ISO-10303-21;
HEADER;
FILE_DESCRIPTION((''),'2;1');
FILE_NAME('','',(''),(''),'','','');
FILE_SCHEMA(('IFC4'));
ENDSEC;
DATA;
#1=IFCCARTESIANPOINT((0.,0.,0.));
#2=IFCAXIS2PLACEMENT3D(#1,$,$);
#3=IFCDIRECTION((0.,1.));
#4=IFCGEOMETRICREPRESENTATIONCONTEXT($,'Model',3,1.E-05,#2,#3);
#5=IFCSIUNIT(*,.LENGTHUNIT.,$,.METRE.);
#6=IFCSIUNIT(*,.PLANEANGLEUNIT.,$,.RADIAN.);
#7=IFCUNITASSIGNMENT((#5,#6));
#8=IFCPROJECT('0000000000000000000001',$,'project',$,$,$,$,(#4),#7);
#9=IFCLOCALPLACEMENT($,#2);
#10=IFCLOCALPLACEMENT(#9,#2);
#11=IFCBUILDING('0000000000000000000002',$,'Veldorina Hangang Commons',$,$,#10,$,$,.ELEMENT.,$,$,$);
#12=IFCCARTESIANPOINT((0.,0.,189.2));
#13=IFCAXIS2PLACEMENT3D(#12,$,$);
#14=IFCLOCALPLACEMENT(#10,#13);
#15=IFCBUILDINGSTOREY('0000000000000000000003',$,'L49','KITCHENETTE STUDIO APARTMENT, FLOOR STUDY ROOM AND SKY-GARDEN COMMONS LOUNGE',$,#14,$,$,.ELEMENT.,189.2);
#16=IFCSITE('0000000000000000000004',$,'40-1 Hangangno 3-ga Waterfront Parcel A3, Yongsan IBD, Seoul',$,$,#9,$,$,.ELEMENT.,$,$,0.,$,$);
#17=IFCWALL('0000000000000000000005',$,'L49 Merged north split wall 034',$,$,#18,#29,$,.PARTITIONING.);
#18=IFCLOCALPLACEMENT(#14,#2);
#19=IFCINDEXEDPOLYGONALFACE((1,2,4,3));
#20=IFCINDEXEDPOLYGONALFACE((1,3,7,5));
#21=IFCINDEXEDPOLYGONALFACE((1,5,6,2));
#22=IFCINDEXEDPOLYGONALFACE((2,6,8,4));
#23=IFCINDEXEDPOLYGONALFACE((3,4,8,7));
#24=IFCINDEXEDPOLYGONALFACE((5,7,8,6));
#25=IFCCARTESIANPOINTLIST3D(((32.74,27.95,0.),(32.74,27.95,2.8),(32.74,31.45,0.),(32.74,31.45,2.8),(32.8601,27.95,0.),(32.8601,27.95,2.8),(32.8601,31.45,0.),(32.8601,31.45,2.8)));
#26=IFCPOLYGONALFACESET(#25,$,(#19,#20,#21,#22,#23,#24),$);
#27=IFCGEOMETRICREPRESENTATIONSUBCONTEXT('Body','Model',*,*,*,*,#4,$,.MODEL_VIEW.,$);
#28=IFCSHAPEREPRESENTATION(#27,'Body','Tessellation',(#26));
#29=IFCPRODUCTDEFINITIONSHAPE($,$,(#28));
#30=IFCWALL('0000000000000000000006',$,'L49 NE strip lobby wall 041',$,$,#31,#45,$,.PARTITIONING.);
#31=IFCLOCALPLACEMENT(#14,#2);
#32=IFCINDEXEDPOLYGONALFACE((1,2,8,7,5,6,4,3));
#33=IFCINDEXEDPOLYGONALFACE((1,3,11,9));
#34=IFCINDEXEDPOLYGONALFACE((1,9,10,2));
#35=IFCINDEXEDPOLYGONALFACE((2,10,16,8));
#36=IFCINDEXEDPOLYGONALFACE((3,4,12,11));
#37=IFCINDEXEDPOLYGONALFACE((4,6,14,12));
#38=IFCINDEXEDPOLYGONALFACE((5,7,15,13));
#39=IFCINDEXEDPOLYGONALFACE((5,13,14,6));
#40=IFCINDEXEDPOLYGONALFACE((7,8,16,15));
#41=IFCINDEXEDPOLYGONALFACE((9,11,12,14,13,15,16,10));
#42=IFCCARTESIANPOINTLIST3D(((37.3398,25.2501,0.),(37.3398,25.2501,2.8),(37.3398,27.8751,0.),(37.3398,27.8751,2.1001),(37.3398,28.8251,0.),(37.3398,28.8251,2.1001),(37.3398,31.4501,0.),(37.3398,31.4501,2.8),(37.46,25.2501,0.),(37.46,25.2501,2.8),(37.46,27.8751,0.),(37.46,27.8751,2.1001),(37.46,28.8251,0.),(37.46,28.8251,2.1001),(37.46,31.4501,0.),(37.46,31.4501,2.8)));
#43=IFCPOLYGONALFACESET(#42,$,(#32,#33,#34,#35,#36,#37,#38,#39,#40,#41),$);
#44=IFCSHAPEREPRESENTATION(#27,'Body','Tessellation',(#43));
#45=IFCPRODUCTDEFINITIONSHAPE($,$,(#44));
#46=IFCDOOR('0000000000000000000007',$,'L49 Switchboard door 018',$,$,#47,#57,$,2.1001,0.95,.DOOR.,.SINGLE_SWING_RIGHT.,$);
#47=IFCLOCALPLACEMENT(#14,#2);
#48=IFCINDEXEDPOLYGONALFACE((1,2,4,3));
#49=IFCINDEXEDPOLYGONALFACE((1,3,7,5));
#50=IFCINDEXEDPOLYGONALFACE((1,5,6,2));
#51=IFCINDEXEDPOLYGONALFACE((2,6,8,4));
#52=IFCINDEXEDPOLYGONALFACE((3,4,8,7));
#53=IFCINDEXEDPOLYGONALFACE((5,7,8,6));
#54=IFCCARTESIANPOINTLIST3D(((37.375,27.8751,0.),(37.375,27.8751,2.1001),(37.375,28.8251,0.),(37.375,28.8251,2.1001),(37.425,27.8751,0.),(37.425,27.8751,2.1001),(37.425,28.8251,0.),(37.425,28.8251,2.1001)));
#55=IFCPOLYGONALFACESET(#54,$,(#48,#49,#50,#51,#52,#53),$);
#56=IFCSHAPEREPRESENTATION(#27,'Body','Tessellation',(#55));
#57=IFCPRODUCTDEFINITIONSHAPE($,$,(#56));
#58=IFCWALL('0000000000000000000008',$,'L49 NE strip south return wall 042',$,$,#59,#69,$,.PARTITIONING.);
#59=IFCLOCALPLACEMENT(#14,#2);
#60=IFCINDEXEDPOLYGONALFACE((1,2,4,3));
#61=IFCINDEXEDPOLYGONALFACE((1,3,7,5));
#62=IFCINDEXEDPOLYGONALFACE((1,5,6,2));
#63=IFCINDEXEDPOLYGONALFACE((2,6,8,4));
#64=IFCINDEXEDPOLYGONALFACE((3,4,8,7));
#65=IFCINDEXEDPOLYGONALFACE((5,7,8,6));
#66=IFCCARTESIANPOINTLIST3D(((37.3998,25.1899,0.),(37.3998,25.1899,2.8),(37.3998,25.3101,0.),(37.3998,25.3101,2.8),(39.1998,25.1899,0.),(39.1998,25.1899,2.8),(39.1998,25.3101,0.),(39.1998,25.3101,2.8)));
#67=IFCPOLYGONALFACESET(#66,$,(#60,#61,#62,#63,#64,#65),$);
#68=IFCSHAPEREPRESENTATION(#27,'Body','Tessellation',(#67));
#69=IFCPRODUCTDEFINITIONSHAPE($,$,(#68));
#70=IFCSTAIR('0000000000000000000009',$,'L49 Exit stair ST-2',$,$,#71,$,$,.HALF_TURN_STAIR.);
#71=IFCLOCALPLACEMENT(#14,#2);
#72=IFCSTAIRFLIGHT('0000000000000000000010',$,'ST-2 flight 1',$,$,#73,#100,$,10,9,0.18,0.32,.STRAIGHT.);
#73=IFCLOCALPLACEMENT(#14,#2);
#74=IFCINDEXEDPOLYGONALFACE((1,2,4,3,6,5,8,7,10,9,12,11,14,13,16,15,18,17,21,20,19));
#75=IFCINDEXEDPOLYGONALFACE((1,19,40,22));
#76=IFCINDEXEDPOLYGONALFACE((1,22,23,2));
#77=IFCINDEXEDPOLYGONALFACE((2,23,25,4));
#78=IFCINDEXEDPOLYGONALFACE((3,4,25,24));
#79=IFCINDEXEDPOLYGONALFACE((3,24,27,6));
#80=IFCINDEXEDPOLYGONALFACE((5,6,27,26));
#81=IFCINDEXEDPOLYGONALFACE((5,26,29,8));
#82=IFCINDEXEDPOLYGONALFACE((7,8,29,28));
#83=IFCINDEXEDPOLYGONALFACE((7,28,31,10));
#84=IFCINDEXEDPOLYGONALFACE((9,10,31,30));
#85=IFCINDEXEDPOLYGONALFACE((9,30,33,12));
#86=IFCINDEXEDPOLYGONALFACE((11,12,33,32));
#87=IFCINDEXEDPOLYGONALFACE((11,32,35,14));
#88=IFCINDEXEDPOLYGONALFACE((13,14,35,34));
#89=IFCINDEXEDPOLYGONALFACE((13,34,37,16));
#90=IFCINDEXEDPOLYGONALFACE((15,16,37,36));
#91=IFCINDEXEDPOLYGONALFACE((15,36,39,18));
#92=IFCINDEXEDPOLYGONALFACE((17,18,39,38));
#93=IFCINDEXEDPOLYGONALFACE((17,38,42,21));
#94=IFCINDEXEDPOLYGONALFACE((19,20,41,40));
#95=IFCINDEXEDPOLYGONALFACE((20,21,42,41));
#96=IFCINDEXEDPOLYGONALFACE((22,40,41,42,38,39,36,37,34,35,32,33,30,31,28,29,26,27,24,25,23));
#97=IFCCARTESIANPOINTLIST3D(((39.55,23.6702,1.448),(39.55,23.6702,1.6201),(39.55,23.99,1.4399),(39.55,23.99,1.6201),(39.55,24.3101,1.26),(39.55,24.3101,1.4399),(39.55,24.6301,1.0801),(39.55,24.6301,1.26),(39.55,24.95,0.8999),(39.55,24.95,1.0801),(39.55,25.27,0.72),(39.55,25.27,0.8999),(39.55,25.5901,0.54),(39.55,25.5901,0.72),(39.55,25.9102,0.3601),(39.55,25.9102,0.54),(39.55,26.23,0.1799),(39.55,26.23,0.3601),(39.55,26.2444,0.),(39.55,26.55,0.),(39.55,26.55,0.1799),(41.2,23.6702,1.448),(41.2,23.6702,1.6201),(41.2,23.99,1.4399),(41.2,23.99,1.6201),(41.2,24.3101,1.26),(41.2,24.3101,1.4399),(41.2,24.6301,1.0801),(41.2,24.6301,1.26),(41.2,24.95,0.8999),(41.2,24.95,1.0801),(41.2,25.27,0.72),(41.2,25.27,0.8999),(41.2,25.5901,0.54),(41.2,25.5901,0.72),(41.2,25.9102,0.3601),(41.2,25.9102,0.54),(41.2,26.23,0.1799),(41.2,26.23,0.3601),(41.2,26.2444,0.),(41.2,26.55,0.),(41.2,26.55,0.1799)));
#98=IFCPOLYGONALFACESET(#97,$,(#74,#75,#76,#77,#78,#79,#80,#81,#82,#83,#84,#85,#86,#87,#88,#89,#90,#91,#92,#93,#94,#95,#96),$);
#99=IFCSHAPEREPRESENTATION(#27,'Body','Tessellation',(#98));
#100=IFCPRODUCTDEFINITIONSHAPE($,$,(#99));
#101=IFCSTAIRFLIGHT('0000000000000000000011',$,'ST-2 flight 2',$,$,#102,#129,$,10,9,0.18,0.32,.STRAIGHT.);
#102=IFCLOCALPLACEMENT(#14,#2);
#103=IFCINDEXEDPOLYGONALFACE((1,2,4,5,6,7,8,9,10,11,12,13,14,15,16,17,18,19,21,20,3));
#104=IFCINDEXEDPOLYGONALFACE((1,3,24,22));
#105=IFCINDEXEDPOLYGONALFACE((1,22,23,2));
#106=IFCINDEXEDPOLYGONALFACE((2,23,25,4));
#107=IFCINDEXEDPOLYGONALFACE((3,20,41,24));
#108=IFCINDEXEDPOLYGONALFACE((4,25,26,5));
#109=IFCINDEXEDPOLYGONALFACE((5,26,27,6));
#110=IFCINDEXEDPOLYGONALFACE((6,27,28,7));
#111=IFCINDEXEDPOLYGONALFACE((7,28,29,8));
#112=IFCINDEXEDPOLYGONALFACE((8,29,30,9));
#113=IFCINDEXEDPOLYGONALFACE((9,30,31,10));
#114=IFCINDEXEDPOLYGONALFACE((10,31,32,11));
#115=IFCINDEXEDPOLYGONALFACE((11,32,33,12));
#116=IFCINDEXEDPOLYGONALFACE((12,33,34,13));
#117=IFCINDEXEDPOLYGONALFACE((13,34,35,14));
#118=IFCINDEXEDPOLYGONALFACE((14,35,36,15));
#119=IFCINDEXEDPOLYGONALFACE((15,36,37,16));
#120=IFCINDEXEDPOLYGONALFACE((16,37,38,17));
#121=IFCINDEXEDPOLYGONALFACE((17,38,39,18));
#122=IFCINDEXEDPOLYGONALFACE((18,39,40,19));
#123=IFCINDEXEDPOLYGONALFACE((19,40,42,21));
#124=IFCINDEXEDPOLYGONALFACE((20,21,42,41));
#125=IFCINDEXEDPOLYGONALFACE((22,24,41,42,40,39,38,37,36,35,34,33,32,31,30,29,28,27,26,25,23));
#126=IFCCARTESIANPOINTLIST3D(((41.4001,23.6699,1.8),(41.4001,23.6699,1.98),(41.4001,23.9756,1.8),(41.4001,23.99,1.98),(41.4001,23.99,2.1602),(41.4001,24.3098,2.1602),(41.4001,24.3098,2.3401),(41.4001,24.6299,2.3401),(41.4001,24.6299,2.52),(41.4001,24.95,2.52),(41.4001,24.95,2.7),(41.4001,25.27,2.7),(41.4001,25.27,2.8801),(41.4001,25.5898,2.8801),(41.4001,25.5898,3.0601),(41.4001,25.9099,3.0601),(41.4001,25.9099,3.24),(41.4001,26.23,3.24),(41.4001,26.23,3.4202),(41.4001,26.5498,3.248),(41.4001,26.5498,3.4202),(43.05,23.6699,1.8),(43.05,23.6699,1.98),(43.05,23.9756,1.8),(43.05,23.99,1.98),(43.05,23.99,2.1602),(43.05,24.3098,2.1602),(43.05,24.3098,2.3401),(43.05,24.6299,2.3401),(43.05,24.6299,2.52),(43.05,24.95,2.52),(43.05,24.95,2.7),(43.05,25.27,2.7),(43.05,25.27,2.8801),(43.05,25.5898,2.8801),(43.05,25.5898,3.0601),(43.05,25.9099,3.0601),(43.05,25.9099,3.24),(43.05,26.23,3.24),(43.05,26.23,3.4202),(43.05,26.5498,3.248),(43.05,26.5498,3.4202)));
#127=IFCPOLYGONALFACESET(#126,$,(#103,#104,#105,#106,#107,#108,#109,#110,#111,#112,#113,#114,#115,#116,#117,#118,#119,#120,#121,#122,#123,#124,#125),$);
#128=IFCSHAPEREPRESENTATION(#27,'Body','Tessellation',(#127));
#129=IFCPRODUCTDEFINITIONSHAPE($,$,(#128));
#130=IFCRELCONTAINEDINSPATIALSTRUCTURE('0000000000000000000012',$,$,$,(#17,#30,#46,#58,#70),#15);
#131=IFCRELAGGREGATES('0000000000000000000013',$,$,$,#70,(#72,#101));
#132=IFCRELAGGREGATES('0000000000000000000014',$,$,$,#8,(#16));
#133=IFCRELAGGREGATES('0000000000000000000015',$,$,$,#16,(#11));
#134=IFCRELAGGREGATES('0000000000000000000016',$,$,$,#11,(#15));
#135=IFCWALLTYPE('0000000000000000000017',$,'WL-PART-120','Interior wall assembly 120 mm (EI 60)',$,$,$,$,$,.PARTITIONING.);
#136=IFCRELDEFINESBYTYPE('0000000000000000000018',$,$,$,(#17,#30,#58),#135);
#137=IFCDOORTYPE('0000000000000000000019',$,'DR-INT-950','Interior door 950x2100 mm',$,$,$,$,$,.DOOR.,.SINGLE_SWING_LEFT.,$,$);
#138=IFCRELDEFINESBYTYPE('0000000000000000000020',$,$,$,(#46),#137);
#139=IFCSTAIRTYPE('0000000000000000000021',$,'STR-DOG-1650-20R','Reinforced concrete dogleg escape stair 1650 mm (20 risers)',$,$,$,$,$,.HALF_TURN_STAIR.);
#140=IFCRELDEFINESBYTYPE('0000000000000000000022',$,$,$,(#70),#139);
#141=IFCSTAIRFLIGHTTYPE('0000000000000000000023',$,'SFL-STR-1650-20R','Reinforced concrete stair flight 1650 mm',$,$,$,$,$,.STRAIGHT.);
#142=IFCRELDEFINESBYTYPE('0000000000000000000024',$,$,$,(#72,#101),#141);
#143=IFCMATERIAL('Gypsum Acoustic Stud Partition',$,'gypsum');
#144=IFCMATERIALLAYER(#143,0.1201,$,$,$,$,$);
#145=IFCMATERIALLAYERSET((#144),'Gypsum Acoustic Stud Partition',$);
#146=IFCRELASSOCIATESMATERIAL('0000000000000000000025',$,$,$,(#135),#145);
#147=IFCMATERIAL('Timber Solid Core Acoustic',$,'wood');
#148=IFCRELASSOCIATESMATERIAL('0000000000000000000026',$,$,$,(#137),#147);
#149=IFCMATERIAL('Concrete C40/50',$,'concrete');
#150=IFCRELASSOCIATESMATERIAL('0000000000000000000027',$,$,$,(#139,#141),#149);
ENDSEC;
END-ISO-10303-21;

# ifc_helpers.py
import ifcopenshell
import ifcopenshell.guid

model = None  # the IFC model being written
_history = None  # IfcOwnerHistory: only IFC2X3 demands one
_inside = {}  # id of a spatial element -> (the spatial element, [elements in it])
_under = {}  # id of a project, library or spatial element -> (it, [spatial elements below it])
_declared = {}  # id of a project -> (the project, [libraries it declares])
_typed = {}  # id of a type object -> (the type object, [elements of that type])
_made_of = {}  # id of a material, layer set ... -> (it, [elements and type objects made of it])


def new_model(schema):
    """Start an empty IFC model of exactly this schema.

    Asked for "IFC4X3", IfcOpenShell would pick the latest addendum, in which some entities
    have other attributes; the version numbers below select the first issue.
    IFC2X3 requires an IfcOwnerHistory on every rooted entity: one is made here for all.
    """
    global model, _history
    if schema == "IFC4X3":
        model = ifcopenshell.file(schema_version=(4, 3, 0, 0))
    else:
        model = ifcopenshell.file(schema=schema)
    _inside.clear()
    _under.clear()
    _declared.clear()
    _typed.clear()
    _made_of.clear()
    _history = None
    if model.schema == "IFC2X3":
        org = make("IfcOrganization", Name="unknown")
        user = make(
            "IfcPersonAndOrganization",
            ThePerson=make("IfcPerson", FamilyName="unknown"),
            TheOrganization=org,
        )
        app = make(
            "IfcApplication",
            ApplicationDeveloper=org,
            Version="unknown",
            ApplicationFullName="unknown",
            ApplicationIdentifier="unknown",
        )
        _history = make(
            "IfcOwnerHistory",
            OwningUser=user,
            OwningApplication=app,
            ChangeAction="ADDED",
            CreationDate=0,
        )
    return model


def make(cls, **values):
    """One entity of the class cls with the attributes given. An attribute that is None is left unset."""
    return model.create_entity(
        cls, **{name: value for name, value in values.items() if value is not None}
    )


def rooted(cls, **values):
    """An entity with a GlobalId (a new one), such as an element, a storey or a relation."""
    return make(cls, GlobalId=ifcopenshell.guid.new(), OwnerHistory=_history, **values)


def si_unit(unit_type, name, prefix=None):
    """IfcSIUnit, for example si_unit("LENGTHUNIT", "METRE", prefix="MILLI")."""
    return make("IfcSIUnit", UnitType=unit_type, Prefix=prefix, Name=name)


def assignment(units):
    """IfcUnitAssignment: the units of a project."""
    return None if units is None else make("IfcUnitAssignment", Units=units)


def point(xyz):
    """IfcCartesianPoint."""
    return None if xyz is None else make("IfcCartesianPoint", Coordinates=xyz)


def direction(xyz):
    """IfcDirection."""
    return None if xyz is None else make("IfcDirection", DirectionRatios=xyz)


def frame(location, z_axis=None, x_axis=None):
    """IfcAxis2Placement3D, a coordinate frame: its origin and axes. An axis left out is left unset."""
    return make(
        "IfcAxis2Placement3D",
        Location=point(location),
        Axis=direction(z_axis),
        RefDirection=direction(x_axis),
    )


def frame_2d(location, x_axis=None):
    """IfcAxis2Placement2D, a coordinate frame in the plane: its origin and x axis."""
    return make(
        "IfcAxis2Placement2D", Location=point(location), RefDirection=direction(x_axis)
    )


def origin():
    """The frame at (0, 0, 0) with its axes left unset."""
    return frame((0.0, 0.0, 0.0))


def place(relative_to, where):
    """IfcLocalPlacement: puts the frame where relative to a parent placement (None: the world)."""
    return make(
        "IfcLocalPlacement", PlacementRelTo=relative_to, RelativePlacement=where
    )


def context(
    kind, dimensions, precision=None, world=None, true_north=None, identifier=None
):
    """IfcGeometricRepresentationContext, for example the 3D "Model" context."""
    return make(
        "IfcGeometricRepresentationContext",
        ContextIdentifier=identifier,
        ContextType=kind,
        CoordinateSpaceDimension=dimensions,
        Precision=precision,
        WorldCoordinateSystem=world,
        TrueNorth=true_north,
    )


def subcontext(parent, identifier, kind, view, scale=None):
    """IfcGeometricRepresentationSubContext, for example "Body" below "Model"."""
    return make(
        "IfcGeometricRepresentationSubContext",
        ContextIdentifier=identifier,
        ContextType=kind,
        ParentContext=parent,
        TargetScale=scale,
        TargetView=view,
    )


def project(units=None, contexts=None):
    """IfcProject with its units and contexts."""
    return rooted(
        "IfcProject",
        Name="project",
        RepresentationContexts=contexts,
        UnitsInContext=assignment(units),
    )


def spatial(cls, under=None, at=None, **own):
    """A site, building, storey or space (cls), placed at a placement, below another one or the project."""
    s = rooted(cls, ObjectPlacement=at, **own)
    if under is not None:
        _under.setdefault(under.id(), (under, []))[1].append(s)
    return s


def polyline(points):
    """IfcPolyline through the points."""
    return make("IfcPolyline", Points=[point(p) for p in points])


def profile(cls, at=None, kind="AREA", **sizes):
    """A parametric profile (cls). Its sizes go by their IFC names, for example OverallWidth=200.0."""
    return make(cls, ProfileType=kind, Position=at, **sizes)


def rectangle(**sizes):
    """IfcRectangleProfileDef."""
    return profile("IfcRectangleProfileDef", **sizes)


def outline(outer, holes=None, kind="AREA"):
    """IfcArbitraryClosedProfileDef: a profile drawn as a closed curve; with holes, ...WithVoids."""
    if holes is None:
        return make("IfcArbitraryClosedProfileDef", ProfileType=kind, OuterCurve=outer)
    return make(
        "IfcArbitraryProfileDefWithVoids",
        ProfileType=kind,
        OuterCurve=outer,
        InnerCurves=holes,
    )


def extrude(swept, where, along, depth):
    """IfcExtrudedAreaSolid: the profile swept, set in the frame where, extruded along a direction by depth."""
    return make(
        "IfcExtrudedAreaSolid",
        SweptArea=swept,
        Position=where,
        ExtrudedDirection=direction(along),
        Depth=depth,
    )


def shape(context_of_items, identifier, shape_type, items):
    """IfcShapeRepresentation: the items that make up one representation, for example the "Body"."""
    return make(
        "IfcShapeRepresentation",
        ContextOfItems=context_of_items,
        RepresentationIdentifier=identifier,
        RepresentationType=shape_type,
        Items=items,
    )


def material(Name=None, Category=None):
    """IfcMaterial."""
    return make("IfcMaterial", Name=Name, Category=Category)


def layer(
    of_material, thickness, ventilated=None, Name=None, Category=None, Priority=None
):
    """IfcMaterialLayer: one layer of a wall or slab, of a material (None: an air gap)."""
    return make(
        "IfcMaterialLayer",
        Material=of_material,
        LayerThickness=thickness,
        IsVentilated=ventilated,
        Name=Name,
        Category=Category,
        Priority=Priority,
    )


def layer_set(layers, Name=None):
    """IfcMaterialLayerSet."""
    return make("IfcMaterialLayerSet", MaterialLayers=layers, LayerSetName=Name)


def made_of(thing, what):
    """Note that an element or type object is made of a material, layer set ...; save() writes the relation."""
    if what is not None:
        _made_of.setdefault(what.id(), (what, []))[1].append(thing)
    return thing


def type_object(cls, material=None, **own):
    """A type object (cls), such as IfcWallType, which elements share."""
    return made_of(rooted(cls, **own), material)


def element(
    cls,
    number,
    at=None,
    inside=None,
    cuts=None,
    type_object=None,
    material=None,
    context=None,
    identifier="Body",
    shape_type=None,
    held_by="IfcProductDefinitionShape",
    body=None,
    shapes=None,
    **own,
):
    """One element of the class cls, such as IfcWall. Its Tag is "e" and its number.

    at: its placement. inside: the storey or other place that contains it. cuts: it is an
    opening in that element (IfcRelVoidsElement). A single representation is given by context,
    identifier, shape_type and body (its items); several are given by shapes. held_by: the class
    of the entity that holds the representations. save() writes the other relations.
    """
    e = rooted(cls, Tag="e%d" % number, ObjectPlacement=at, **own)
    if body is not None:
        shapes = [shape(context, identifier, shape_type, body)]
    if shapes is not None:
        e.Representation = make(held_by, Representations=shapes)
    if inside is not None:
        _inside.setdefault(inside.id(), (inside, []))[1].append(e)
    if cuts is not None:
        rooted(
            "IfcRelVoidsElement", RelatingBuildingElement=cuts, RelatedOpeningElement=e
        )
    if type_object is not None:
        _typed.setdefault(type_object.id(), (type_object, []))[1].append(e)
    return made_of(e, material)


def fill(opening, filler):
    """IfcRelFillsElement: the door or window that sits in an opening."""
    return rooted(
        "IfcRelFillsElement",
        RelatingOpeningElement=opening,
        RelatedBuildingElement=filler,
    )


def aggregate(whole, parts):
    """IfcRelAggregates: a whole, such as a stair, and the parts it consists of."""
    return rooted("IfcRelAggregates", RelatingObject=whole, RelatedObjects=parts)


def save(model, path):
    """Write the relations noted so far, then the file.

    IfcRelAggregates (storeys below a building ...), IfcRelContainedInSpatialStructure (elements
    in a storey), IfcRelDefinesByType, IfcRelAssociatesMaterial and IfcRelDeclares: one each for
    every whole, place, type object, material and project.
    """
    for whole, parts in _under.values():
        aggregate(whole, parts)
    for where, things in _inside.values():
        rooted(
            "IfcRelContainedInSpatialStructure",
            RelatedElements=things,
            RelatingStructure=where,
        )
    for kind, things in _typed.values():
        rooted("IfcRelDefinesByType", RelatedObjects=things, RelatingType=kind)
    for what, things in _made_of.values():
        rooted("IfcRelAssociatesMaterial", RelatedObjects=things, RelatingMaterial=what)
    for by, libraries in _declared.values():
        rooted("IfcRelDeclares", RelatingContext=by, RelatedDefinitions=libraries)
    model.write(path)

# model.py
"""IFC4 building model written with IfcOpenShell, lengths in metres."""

from ifc_helpers import new_model, si_unit, direction, frame, frame_2d, origin, place, context, subcontext, project, spatial, polyline, rectangle, outline, extrude, material, layer, layer_set, type_object, element, fill, aggregate, save


model = new_model("IFC4")

# Units and contexts
model_context = context("Model", 3, precision=1e-05, world=origin(), true_north=direction((0.0, 1.0)))
body_context = subcontext(model_context, "Body", "Model", "MODEL_VIEW")
ifc_project = project(units=[si_unit("LENGTHUNIT", "METRE"), si_unit("PLANEANGLEUNIT", "RADIAN")], contexts=[model_context])

# Site, building, storey
site_placement = place(None, origin())
site = spatial("IfcSite", under=ifc_project, at=site_placement, Name="40-1 Hangangno 3-ga Waterfront Parcel A3, Yongsan IBD, Seoul", CompositionType="ELEMENT", RefElevation=0.0)
building_placement = place(site_placement, origin())
building = spatial("IfcBuilding", under=site, at=building_placement, Name="Veldorina Hangang Commons", CompositionType="ELEMENT")
storey_placement = place(building_placement, frame((0.0, 0.0, 189.2)))
storey = spatial("IfcBuildingStorey", under=building, at=storey_placement, Name="L49", Description="KITCHENETTE STUDIO APARTMENT, FLOOR STUDY ROOM AND SKY-GARDEN COMMONS LOUNGE", CompositionType="ELEMENT", Elevation=189.2)

# Shared definitions
ifc_material_1 = material(Name="Gypsum Acoustic Stud Partition", Category="gypsum")
ifc_layer_1 = layer(ifc_material_1, 0.1201)
ifc_layer_set_1 = layer_set([ifc_layer_1], Name="Gypsum Acoustic Stud Partition")
wall_type_1 = type_object("IfcWallType", Name="WL-PART-120", Description="Interior wall assembly 120 mm (EI 60)", PredefinedType="PARTITIONING", material=ifc_layer_set_1)
ifc_material_2 = material(Name="Timber Solid Core Acoustic", Category="wood")
door_type_1 = type_object("IfcDoorType", Name="DR-INT-950", Description="Interior door 950x2100 mm", OperationType="SINGLE_SWING_LEFT", PredefinedType="DOOR", material=ifc_material_2)

# Wall
wall_1_placement = place(storey_placement, frame((32.8, 27.95, 0.0), z_axis=(0.0, 0.0, 1.0), x_axis=(0.0, 1.0, 0.0)))
element("IfcWall", 1, at=wall_1_placement, inside=storey, type_object=wall_type_1, Name="L49 Merged north split wall 034", PredefinedType="PARTITIONING", context=body_context, shape_type="SweptSolid", body=[
    extrude(rectangle(XDim=3.5, YDim=0.1201, at=frame_2d((1.75, 0.0))), origin(), (0.0, 0.0, 1.0), 2.8),
])

# Wall, opening, door
wall_2_placement = place(storey_placement, frame((37.3999, 25.25, 0.0), z_axis=(0.0, 0.0, 1.0), x_axis=(0.0, 1.0, 0.0)))
wall_2 = element("IfcWall", 2, at=wall_2_placement, inside=storey, type_object=wall_type_1, Name="L49 NE strip lobby wall 041", PredefinedType="PARTITIONING", context=body_context, shape_type="SweptSolid", body=[
    extrude(rectangle(XDim=6.2, YDim=0.1201, at=frame_2d((3.1001, 0.0))), origin(), (0.0, 0.0, 1.0), 2.8),
])
opening_1_placement = place(wall_2_placement, frame((2.625, 0.0, 0.0)))
opening_1 = element("IfcOpeningElement", 3, at=opening_1_placement, cuts=wall_2, PredefinedType="OPENING", context=body_context, shape_type="SweptSolid", body=[
    extrude(rectangle(XDim=0.95, YDim=2.1001, at=frame_2d((0.4751, 1.05))), frame((0.0, 0.0701, 0.0), z_axis=(0.0, -1.0, 0.0), x_axis=(1.0, 0.0, 0.0)), (0.0, 0.0, 1.0), 0.1401),
])
door_1_placement = place(opening_1_placement, origin())
door_1 = element("IfcDoor", 4, at=door_1_placement, inside=storey, type_object=door_type_1, Name="L49 Switchboard door 018", OperationType="SINGLE_SWING_RIGHT", OverallHeight=2.1001, OverallWidth=0.95, PredefinedType="DOOR", context=body_context, shape_type="SweptSolid", body=[
    extrude(rectangle(XDim=0.95, YDim=2.1001, at=frame_2d((0.4751, 1.05))), frame((0.0, 0.0249, 0.0), z_axis=(0.0, -1.0, 0.0), x_axis=(1.0, 0.0, 0.0)), (0.0, 0.0, 1.0), 0.05),
])
fill(opening_1, door_1)

# Wall
wall_3_placement = place(storey_placement, frame((37.3999, 25.25, 0.0), z_axis=(0.0, 0.0, 1.0), x_axis=(1.0, 0.0, 0.0)))
element("IfcWall", 5, at=wall_3_placement, inside=storey, type_object=wall_type_1, Name="L49 NE strip south return wall 042", PredefinedType="PARTITIONING", context=body_context, shape_type="SweptSolid", body=[
    extrude(rectangle(XDim=1.8, YDim=0.1201, at=frame_2d((0.8999, 0.0))), origin(), (0.0, 0.0, 1.0), 2.8),
])

# Stair, stair flights
ifc_material_3 = material(Name="Concrete C40/50", Category="concrete")
stair_type = type_object("IfcStairType", Name="STR-DOG-1650-20R", Description="Reinforced concrete dogleg escape stair 1650 mm (20 risers)", PredefinedType="HALF_TURN_STAIR", material=ifc_material_3)
stair_placement = place(storey_placement, origin())
stair = element("IfcStair", 6, at=stair_placement, inside=storey, type_object=stair_type, Name="L49 Exit stair ST-2", PredefinedType="HALF_TURN_STAIR")
stair_flight_type = type_object("IfcStairFlightType", Name="SFL-STR-1650-20R", Description="Reinforced concrete stair flight 1650 mm", PredefinedType="STRAIGHT", material=ifc_material_3)
stair_flight_1_placement = place(storey_placement, frame((40.375, 26.55, 0.0), z_axis=(0.0, 0.0, 1.0), x_axis=(0.0, -1.0, 0.0)))
stair_flight_1 = element("IfcStairFlight", 7, at=stair_flight_1_placement, type_object=stair_flight_type, Name="ST-2 flight 1", NumberOfRisers=10, NumberOfTreads=9, PredefinedType="STRAIGHT", RiserHeight=0.18, TreadLength=0.32, context=body_context, shape_type="SweptSolid", body=[
    extrude(outline(polyline([(0.0, 0.0), (0.0, 0.1799), (0.3201, 0.1799), (0.3201, 0.3601), (0.6399, 0.3601), (0.6399, 0.54), (0.96, 0.54), (0.96, 0.72), (1.28, 0.72), (1.28, 0.8999), (1.6001, 0.8999), (1.6001, 1.0801), (1.9199, 1.0801), (1.9199, 1.26), (2.24, 1.26), (2.24, 1.4399), (2.5601, 1.4399), (2.5601, 1.6201), (2.8799, 1.6201), (2.8799, 1.8), (2.8799, 1.448), (0.3057, 0.0), (0.0, 0.0)])), frame((0.0, 0.825, 0.0), z_axis=(0.0, -1.0, 0.0), x_axis=(1.0, 0.0, 0.0)), (0.0, 0.0, 1.0), 1.6499),
])
stair_flight_2_placement = place(storey_placement, frame((42.2251, 23.6699, 1.8), z_axis=(0.0, 0.0, 1.0), x_axis=(0.0, 1.0, 0.0)))
stair_flight_2 = element("IfcStairFlight", 8, at=stair_flight_2_placement, type_object=stair_flight_type, Name="ST-2 flight 2", NumberOfRisers=10, NumberOfTreads=9, PredefinedType="STRAIGHT", RiserHeight=0.18, TreadLength=0.32, context=body_context, shape_type="SweptSolid", body=[
    extrude(outline(polyline([(0.0, 0.0), (0.0, 0.1799), (0.3201, 0.1799), (0.3201, 0.3601), (0.6399, 0.3601), (0.6399, 0.54), (0.96, 0.54), (0.96, 0.72), (1.28, 0.72), (1.28, 0.8999), (1.6001, 0.8999), (1.6001, 1.0801), (1.9199, 1.0801), (1.9199, 1.26), (2.24, 1.26), (2.24, 1.4399), (2.5601, 1.4399), (2.5601, 1.6201), (2.8799, 1.6201), (2.8799, 1.8), (2.8799, 1.448), (0.3057, 0.0), (0.0, 0.0)])), frame((0.0, 0.825, 0.0), z_axis=(0.0, -1.0, 0.0), x_axis=(1.0, 0.0, 0.0)), (0.0, 0.0, 1.0), 1.6499),
])
aggregate(stair, [stair_flight_1, stair_flight_2])

save(model, "model.ifc")
